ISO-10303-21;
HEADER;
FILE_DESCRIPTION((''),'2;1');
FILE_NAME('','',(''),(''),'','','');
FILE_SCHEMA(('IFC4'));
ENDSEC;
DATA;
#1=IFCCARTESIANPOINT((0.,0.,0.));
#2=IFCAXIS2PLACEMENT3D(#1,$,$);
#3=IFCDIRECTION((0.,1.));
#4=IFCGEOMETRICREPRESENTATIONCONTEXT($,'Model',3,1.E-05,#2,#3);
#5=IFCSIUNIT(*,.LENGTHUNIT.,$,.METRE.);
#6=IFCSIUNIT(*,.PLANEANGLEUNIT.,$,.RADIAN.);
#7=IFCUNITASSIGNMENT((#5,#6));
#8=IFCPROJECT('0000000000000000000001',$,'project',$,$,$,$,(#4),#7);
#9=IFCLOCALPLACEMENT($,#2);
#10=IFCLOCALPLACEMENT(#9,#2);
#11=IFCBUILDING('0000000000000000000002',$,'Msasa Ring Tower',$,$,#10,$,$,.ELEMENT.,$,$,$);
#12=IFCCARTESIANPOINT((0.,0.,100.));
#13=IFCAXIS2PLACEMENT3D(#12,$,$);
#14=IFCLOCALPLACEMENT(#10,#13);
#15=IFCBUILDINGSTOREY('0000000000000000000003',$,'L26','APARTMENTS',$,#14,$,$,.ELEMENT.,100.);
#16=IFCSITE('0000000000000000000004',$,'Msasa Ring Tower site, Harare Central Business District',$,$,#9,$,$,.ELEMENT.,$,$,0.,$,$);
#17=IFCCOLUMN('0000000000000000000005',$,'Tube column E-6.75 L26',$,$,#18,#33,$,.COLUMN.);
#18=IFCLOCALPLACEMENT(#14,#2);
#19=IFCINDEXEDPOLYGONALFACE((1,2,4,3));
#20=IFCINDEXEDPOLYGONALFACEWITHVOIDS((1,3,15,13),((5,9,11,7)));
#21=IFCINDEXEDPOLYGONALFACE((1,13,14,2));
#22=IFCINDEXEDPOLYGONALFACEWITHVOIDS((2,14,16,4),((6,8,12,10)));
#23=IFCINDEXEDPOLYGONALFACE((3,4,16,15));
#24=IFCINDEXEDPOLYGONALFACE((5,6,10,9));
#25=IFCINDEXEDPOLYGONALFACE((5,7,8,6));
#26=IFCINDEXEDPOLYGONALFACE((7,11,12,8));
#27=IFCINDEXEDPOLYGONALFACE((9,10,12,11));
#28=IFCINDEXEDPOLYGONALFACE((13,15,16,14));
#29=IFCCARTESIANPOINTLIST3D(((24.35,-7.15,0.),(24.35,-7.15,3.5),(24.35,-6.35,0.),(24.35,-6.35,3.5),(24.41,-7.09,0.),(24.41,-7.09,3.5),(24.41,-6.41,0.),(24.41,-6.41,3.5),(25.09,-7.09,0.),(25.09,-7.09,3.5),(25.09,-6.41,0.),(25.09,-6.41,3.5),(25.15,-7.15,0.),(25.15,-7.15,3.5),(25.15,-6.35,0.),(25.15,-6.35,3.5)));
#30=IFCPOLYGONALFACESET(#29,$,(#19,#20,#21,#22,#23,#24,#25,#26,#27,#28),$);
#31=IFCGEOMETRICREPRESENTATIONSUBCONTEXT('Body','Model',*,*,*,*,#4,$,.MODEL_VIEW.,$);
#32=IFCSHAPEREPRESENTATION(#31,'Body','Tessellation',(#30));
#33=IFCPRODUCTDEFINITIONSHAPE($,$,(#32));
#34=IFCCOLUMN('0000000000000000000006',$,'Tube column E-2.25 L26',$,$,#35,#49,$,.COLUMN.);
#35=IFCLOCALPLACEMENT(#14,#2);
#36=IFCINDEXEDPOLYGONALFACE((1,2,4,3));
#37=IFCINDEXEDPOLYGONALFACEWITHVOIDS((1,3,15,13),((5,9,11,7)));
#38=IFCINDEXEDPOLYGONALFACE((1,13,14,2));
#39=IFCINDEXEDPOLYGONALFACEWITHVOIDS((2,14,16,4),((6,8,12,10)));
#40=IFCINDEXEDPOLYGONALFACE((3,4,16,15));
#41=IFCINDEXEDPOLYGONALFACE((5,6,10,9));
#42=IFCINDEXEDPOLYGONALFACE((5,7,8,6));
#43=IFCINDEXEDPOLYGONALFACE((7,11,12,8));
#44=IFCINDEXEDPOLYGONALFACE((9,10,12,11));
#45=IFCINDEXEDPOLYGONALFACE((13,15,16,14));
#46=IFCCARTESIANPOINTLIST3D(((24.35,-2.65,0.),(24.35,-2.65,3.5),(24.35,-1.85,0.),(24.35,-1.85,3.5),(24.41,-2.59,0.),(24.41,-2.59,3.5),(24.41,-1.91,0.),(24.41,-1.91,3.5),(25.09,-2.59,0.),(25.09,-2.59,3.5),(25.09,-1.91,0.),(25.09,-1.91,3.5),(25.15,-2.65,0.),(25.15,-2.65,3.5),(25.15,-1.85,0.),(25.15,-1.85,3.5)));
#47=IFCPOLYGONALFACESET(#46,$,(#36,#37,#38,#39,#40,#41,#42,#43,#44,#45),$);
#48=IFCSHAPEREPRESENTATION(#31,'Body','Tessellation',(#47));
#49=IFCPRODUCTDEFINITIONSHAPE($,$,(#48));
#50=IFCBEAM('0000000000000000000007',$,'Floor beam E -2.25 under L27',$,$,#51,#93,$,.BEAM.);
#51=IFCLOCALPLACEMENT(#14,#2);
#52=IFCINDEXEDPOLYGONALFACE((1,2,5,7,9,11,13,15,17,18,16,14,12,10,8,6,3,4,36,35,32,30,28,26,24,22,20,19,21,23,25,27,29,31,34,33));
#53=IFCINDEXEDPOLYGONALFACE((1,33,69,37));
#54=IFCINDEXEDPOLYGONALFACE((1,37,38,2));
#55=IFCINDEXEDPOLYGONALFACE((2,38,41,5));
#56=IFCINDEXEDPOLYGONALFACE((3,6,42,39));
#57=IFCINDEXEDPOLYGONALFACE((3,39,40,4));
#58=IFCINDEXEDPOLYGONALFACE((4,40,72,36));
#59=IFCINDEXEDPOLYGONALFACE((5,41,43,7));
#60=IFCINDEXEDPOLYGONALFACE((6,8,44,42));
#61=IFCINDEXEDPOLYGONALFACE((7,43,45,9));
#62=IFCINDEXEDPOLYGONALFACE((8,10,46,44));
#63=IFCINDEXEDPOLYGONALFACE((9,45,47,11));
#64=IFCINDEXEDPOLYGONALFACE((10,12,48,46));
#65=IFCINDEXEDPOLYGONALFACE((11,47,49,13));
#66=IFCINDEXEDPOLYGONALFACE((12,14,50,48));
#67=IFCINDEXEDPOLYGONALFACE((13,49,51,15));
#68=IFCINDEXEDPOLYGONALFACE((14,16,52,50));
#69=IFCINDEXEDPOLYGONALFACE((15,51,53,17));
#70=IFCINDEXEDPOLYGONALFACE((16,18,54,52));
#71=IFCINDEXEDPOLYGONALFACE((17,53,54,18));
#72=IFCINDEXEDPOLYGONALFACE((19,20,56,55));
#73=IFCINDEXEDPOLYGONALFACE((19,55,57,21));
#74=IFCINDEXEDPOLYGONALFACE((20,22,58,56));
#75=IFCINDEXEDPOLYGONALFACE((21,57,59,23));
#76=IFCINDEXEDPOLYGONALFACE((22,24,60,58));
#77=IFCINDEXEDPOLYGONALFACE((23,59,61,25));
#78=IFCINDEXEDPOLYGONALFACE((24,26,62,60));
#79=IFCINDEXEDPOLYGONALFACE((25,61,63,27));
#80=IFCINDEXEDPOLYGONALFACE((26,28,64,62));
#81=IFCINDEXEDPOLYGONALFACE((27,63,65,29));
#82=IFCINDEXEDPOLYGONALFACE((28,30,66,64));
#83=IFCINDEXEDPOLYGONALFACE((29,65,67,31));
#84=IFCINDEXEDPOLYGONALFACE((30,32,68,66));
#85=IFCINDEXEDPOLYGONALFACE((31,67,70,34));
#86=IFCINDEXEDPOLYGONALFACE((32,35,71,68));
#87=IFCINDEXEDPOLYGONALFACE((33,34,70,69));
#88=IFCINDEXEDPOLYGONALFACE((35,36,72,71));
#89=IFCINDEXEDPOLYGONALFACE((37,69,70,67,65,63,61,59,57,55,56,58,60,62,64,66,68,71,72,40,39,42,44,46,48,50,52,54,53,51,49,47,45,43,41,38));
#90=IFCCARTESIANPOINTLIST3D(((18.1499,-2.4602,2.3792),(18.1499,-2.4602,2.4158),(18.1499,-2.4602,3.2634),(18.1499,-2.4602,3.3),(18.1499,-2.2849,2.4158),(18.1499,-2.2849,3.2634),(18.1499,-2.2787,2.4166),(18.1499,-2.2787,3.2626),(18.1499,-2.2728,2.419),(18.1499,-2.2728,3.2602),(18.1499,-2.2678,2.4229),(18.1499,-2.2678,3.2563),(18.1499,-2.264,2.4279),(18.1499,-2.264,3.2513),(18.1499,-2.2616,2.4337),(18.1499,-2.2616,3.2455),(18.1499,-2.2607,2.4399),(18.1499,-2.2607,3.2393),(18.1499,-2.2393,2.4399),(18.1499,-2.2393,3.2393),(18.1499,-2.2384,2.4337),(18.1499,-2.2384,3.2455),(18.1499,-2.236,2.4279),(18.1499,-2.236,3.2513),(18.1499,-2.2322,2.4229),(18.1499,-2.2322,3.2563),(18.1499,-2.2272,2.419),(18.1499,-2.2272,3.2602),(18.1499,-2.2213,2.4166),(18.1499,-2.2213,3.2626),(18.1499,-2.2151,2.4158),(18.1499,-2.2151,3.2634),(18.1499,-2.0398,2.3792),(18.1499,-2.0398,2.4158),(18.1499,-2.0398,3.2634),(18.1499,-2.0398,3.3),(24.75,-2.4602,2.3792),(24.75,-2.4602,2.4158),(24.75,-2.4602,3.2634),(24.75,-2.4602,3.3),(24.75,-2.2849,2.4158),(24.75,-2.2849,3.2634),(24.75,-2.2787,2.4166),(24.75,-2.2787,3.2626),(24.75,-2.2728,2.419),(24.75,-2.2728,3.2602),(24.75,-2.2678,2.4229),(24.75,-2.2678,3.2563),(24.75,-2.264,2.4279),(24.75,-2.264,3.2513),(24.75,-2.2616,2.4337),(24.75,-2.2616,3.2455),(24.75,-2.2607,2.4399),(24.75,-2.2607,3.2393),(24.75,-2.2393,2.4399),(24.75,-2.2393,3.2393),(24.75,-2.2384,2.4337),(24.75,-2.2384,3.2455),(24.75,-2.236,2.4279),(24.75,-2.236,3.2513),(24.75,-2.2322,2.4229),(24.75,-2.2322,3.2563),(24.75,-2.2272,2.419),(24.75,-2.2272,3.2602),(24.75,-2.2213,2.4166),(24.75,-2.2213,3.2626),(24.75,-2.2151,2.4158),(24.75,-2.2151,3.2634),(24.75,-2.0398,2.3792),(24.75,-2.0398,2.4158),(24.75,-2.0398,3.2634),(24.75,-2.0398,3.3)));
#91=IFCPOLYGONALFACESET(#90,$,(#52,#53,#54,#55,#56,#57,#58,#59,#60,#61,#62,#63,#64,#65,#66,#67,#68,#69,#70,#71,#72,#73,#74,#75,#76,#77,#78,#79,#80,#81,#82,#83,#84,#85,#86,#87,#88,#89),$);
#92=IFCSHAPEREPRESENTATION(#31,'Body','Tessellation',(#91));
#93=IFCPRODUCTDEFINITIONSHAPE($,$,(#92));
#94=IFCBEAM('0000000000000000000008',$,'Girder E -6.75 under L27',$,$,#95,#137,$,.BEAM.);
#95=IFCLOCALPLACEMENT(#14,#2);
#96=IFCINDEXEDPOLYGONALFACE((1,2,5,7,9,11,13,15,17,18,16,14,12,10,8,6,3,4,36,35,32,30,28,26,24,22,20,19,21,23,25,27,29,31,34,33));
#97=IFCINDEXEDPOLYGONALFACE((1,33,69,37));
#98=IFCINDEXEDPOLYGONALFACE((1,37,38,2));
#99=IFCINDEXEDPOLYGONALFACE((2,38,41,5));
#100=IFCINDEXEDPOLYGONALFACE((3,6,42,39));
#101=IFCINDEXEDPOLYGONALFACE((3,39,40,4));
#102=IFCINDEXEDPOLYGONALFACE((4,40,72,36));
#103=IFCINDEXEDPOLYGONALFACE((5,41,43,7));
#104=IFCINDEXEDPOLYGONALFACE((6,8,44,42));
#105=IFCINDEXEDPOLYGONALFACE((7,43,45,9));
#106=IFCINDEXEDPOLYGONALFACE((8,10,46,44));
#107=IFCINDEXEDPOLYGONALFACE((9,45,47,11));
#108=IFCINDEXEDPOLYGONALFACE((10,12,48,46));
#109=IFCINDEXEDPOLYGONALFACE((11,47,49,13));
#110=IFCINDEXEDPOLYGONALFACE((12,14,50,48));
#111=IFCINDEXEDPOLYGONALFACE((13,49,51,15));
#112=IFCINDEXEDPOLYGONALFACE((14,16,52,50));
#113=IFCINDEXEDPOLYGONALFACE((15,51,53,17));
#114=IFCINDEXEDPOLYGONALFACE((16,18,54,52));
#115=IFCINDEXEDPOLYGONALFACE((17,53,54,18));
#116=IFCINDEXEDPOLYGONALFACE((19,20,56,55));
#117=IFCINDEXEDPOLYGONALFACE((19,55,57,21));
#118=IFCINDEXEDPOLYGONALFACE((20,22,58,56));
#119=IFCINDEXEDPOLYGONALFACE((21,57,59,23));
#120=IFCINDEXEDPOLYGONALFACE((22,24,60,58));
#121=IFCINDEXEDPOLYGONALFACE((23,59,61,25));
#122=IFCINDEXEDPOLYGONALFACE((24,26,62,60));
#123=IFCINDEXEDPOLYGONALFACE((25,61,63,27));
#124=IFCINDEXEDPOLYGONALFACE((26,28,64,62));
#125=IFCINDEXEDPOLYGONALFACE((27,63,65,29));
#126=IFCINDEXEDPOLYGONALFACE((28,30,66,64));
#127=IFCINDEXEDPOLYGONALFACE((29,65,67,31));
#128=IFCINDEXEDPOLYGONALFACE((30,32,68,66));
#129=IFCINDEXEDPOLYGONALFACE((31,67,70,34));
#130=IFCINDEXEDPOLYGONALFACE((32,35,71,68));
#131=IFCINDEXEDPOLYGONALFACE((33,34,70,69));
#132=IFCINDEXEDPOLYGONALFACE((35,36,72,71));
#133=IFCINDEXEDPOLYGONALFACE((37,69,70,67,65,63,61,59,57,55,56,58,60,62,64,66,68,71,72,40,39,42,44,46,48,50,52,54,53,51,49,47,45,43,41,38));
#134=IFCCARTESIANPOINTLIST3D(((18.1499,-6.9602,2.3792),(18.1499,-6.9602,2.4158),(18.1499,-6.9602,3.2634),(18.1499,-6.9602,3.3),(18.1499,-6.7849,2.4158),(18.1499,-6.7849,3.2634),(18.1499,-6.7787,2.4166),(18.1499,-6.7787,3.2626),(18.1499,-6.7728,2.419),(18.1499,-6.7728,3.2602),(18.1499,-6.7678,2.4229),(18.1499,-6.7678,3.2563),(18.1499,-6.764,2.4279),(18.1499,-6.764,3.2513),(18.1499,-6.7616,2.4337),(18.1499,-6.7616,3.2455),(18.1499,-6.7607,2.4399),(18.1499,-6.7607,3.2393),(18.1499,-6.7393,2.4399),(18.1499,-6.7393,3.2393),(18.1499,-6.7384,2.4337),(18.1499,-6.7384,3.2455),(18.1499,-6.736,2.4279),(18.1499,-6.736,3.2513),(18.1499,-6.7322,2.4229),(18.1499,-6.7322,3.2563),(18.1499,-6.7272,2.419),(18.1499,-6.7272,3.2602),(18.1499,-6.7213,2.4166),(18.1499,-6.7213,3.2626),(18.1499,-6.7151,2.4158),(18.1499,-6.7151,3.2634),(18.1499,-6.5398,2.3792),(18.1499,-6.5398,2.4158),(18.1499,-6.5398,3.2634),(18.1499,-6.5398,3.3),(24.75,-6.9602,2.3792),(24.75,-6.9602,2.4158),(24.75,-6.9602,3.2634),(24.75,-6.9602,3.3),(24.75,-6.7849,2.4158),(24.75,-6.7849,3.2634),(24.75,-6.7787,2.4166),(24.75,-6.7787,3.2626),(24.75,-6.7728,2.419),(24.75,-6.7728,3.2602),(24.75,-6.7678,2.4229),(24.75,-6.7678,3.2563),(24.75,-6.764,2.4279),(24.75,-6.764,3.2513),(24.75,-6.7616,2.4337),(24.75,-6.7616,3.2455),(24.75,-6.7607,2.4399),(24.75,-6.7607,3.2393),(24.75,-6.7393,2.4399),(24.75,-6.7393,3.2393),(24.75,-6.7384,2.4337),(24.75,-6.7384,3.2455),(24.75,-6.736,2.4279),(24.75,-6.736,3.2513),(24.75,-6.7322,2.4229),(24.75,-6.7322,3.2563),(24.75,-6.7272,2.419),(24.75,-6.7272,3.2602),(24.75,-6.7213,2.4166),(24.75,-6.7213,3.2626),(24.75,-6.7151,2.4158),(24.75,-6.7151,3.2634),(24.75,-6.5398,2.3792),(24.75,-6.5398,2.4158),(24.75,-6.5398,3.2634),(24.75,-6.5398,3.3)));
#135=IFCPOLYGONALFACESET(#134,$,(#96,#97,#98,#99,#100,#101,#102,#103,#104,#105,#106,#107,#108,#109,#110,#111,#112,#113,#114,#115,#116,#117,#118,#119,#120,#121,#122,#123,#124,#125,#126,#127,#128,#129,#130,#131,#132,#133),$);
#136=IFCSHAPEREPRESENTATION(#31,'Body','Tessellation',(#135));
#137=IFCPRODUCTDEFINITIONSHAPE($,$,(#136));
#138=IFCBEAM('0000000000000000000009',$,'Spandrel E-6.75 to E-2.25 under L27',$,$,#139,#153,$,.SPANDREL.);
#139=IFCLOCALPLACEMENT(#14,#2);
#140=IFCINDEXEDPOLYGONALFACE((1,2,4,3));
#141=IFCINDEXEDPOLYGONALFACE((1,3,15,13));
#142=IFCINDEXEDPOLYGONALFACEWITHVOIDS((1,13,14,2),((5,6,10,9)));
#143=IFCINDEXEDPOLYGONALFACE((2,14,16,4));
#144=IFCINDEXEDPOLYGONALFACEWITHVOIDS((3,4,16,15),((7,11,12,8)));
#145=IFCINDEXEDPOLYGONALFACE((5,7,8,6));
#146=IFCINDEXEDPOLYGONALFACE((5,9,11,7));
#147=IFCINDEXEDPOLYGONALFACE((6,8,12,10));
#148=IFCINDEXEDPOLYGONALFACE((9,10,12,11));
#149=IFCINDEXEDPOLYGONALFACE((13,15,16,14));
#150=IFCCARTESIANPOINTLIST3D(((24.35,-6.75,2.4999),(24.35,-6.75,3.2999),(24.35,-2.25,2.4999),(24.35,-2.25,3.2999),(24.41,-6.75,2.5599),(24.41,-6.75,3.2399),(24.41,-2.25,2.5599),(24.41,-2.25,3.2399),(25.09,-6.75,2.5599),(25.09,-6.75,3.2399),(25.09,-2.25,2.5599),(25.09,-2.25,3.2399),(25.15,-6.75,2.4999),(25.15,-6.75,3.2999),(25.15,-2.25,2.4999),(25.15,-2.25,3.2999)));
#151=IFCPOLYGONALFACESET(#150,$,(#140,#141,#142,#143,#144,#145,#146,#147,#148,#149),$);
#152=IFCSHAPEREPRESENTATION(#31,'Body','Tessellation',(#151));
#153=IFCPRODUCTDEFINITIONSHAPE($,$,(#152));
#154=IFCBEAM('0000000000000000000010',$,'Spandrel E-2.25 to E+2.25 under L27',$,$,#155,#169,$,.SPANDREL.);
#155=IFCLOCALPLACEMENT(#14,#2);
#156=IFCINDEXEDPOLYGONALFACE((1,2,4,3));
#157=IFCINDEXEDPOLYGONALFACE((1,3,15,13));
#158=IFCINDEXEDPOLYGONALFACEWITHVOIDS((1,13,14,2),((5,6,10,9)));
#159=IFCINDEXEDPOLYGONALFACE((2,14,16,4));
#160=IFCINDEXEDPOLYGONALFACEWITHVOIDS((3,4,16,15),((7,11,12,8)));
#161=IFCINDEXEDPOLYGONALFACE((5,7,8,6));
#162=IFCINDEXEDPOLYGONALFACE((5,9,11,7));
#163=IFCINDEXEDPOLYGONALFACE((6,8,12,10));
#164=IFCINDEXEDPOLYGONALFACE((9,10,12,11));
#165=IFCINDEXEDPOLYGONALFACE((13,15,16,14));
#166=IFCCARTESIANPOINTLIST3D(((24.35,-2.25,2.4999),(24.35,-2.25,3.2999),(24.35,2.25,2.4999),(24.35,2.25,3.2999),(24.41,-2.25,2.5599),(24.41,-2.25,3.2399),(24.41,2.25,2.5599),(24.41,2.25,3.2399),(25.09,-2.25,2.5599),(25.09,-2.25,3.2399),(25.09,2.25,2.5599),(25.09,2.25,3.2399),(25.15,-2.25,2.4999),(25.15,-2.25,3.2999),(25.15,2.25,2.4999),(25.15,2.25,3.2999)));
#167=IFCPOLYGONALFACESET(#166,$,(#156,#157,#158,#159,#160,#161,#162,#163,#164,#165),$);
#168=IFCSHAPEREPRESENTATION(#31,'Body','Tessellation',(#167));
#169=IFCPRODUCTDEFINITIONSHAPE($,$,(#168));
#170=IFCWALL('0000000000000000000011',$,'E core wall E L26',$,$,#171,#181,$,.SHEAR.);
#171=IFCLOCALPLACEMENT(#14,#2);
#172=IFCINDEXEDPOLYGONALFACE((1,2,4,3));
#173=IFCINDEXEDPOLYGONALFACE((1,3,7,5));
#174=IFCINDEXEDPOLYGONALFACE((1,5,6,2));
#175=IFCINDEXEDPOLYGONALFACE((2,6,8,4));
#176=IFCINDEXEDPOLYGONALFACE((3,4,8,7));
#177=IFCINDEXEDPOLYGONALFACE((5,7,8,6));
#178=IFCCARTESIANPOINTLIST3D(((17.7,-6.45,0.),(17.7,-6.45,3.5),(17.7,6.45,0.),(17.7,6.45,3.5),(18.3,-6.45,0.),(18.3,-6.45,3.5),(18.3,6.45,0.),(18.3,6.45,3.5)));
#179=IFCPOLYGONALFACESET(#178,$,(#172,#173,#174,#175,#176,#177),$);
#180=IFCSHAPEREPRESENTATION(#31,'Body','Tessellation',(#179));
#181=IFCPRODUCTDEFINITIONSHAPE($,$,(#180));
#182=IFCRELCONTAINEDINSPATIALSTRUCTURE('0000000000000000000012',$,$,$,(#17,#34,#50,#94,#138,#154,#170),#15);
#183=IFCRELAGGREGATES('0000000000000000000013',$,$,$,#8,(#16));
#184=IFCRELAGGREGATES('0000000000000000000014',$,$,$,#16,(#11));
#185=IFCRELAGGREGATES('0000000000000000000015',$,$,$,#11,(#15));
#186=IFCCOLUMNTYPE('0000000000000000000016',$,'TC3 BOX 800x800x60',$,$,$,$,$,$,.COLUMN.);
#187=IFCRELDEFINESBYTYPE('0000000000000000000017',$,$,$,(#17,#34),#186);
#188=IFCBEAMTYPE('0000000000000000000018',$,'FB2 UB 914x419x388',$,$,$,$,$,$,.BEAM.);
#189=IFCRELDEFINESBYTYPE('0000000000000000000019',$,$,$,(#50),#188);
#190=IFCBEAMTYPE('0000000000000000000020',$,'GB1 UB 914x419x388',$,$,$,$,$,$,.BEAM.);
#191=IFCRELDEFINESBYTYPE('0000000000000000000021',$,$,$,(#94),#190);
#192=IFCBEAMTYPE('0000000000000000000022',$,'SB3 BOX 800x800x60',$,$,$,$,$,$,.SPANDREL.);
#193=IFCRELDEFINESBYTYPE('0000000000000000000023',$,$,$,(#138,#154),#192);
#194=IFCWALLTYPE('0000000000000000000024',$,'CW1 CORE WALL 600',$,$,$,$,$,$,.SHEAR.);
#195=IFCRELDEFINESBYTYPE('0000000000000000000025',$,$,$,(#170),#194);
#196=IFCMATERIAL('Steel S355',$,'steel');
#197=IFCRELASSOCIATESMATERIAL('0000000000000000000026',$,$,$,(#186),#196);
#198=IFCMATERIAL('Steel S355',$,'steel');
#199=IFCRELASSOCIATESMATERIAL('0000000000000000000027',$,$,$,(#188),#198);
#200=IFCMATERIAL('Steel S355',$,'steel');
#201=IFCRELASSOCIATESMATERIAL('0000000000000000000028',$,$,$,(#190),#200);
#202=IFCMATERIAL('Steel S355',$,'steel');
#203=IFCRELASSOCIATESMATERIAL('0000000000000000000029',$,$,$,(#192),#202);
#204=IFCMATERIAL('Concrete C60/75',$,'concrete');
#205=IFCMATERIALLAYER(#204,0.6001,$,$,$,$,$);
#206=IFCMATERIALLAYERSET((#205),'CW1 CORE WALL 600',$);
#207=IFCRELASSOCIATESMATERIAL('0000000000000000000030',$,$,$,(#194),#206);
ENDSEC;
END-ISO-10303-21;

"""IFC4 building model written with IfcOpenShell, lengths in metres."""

from ifc_helpers import new_model, si_unit, direction, frame, frame_2d, origin, origin_2d, place, context, subcontext, project, spatial, rectangle, hollow_rectangle, i_section, extrude, material, layer, layer_set, material_profile, profile_set, type_object, element, save


model = new_model("IFC4")

# Units and contexts
model_context = context("Model", 3, precision=1e-05, world=origin(), true_north=direction((0.0, 1.0)))
body_context = subcontext(model_context, "Body", "Model", "MODEL_VIEW")
ifc_project = project(units=[si_unit("LENGTHUNIT", "METRE"), si_unit("PLANEANGLEUNIT", "RADIAN")], contexts=[model_context])

# Site, building, storey
site_placement = place(None, origin())
site = spatial("IfcSite", under=ifc_project, at=site_placement, Name="Msasa Ring Tower site, Harare Central Business District", CompositionType="ELEMENT", RefElevation=0.0)
building_placement = place(site_placement, origin())
building = spatial("IfcBuilding", under=site, at=building_placement, Name="Msasa Ring Tower", CompositionType="ELEMENT")
storey_placement = place(building_placement, frame((0.0, 0.0, 100.0)))
storey = spatial("IfcBuildingStorey", under=building, at=storey_placement, Name="L26", Description="APARTMENTS", CompositionType="ELEMENT", Elevation=100.0)

# Columns
ifc_material_1 = material(Name="Steel S355", Category="steel")
ifc_material_profile_1 = material_profile(ifc_material_1, hollow_rectangle(XDim=0.8, YDim=0.8, WallThickness=0.0601, at=origin_2d()), Name="BOX 800x800x60")
ifc_profile_set_1 = profile_set([ifc_material_profile_1], Name="Steel S355")
column_type = type_object("IfcColumnType", Name="TC3 BOX 800x800x60", PredefinedType="COLUMN", material=ifc_profile_set_1)
for number, where, z_axis, x_axis, name in (
    (1, (24.75, -6.75, 0.0), (0.0, 0.0, 1.0), (1.0, 0.0, 0.0), "Tube column E-6.75 L26"),
    (2, (24.75, -2.25, 0.0), (0.0, 0.0, 1.0), (1.0, 0.0, 0.0), "Tube column E-2.25 L26"),
):
    element("IfcColumn", number, at=place(storey_placement, frame(where, z_axis=z_axis, x_axis=x_axis)), inside=storey, type_object=column_type, Name=name, PredefinedType="COLUMN", context=body_context, shape_type="SweptSolid", body=[
        extrude(hollow_rectangle(XDim=0.8, YDim=0.8, WallThickness=0.0601, at=origin_2d()), origin(), (0.0, 0.0, 1.0), 3.5),
    ])

# Beams
ifc_material_2 = material(Name="Steel S355", Category="steel")
ifc_material_profile_2 = material_profile(ifc_material_2, i_section(OverallWidth=0.4204, OverallDepth=0.9209, WebThickness=0.0215, FlangeThickness=0.0366, FilletRadius=0.0242, at=origin_2d()), Name="UB 914x419x388")
ifc_profile_set_2 = profile_set([ifc_material_profile_2], Name="Steel S355")
beam_type_1 = type_object("IfcBeamType", Name="FB2 UB 914x419x388", PredefinedType="BEAM", material=ifc_profile_set_2)
beam_1_placement = place(storey_placement, frame((24.75, -2.25, 2.8396), z_axis=(-1.0, 0.0, 0.0), x_axis=(0.0, -1.0, 0.0)))
element("IfcBeam", 3, at=beam_1_placement, inside=storey, type_object=beam_type_1, Name="Floor beam E -2.25 under L27", PredefinedType="BEAM", context=body_context, shape_type="SweptSolid", body=[
    extrude(i_section(OverallWidth=0.4204, OverallDepth=0.9209, WebThickness=0.0215, FlangeThickness=0.0366, FilletRadius=0.0242, at=origin_2d()), origin(), (0.0, 0.0, 1.0), 6.6001),
])
ifc_material_3 = material(Name="Steel S355", Category="steel")
ifc_material_profile_3 = material_profile(ifc_material_3, i_section(OverallWidth=0.4204, OverallDepth=0.9209, WebThickness=0.0215, FlangeThickness=0.0366, FilletRadius=0.0242, at=origin_2d()), Name="UB 914x419x388")
ifc_profile_set_3 = profile_set([ifc_material_profile_3], Name="Steel S355")
beam_type_2 = type_object("IfcBeamType", Name="GB1 UB 914x419x388", PredefinedType="BEAM", material=ifc_profile_set_3)
beam_2_placement = place(storey_placement, frame((18.1499, -6.75, 2.8396), z_axis=(1.0, 0.0, 0.0), x_axis=(0.0, 1.0, 0.0)))
element("IfcBeam", 4, at=beam_2_placement, inside=storey, type_object=beam_type_2, Name="Girder E -6.75 under L27", PredefinedType="BEAM", context=body_context, shape_type="SweptSolid", body=[
    extrude(i_section(OverallWidth=0.4204, OverallDepth=0.9209, WebThickness=0.0215, FlangeThickness=0.0366, FilletRadius=0.0242, at=origin_2d()), origin(), (0.0, 0.0, 1.0), 6.6001),
])
ifc_material_4 = material(Name="Steel S355", Category="steel")
ifc_material_profile_4 = material_profile(ifc_material_4, hollow_rectangle(XDim=0.8, YDim=0.8, WallThickness=0.0601, at=origin_2d()), Name="BOX 800x800x60")
ifc_profile_set_4 = profile_set([ifc_material_profile_4], Name="Steel S355")
beam_type_3 = type_object("IfcBeamType", Name="SB3 BOX 800x800x60", PredefinedType="SPANDREL", material=ifc_profile_set_4)
for number, where, z_axis, x_axis, name in (
    (5, (24.75, -6.75, 2.8999), (0.0, 1.0, 0.0), (-1.0, 0.0, 0.0), "Spandrel E-6.75 to E-2.25 under L27"),
    (6, (24.75, -2.25, 2.8999), (0.0, 1.0, 0.0), (-1.0, 0.0, 0.0), "Spandrel E-2.25 to E+2.25 under L27"),
):
    element("IfcBeam", number, at=place(storey_placement, frame(where, z_axis=z_axis, x_axis=x_axis)), inside=storey, type_object=beam_type_3, Name=name, PredefinedType="SPANDREL", context=body_context, shape_type="SweptSolid", body=[
        extrude(hollow_rectangle(XDim=0.8, YDim=0.8, WallThickness=0.0601, at=origin_2d()), origin(), (0.0, 0.0, 1.0), 4.5),
    ])

# Wall
ifc_material_5 = material(Name="Concrete C60/75", Category="concrete")
ifc_layer_1 = layer(ifc_material_5, 0.6001)
ifc_layer_set_1 = layer_set([ifc_layer_1], Name="CW1 CORE WALL 600")
wall_type_1 = type_object("IfcWallType", Name="CW1 CORE WALL 600", PredefinedType="SHEAR", material=ifc_layer_set_1)
wall_1_placement = place(storey_placement, frame((18.0, -6.45, 0.0), z_axis=(0.0, 0.0, 1.0), x_axis=(0.0, 1.0, 0.0)))
element("IfcWall", 7, at=wall_1_placement, inside=storey, type_object=wall_type_1, Name="E core wall E L26", PredefinedType="SHEAR", context=body_context, shape_type="SweptSolid", body=[
    extrude(rectangle(XDim=12.8999, YDim=0.6001, at=frame_2d((6.45, 0.0))), origin(), (0.0, 0.0, 1.0), 3.5),
])

save(model, "model.ifc")
